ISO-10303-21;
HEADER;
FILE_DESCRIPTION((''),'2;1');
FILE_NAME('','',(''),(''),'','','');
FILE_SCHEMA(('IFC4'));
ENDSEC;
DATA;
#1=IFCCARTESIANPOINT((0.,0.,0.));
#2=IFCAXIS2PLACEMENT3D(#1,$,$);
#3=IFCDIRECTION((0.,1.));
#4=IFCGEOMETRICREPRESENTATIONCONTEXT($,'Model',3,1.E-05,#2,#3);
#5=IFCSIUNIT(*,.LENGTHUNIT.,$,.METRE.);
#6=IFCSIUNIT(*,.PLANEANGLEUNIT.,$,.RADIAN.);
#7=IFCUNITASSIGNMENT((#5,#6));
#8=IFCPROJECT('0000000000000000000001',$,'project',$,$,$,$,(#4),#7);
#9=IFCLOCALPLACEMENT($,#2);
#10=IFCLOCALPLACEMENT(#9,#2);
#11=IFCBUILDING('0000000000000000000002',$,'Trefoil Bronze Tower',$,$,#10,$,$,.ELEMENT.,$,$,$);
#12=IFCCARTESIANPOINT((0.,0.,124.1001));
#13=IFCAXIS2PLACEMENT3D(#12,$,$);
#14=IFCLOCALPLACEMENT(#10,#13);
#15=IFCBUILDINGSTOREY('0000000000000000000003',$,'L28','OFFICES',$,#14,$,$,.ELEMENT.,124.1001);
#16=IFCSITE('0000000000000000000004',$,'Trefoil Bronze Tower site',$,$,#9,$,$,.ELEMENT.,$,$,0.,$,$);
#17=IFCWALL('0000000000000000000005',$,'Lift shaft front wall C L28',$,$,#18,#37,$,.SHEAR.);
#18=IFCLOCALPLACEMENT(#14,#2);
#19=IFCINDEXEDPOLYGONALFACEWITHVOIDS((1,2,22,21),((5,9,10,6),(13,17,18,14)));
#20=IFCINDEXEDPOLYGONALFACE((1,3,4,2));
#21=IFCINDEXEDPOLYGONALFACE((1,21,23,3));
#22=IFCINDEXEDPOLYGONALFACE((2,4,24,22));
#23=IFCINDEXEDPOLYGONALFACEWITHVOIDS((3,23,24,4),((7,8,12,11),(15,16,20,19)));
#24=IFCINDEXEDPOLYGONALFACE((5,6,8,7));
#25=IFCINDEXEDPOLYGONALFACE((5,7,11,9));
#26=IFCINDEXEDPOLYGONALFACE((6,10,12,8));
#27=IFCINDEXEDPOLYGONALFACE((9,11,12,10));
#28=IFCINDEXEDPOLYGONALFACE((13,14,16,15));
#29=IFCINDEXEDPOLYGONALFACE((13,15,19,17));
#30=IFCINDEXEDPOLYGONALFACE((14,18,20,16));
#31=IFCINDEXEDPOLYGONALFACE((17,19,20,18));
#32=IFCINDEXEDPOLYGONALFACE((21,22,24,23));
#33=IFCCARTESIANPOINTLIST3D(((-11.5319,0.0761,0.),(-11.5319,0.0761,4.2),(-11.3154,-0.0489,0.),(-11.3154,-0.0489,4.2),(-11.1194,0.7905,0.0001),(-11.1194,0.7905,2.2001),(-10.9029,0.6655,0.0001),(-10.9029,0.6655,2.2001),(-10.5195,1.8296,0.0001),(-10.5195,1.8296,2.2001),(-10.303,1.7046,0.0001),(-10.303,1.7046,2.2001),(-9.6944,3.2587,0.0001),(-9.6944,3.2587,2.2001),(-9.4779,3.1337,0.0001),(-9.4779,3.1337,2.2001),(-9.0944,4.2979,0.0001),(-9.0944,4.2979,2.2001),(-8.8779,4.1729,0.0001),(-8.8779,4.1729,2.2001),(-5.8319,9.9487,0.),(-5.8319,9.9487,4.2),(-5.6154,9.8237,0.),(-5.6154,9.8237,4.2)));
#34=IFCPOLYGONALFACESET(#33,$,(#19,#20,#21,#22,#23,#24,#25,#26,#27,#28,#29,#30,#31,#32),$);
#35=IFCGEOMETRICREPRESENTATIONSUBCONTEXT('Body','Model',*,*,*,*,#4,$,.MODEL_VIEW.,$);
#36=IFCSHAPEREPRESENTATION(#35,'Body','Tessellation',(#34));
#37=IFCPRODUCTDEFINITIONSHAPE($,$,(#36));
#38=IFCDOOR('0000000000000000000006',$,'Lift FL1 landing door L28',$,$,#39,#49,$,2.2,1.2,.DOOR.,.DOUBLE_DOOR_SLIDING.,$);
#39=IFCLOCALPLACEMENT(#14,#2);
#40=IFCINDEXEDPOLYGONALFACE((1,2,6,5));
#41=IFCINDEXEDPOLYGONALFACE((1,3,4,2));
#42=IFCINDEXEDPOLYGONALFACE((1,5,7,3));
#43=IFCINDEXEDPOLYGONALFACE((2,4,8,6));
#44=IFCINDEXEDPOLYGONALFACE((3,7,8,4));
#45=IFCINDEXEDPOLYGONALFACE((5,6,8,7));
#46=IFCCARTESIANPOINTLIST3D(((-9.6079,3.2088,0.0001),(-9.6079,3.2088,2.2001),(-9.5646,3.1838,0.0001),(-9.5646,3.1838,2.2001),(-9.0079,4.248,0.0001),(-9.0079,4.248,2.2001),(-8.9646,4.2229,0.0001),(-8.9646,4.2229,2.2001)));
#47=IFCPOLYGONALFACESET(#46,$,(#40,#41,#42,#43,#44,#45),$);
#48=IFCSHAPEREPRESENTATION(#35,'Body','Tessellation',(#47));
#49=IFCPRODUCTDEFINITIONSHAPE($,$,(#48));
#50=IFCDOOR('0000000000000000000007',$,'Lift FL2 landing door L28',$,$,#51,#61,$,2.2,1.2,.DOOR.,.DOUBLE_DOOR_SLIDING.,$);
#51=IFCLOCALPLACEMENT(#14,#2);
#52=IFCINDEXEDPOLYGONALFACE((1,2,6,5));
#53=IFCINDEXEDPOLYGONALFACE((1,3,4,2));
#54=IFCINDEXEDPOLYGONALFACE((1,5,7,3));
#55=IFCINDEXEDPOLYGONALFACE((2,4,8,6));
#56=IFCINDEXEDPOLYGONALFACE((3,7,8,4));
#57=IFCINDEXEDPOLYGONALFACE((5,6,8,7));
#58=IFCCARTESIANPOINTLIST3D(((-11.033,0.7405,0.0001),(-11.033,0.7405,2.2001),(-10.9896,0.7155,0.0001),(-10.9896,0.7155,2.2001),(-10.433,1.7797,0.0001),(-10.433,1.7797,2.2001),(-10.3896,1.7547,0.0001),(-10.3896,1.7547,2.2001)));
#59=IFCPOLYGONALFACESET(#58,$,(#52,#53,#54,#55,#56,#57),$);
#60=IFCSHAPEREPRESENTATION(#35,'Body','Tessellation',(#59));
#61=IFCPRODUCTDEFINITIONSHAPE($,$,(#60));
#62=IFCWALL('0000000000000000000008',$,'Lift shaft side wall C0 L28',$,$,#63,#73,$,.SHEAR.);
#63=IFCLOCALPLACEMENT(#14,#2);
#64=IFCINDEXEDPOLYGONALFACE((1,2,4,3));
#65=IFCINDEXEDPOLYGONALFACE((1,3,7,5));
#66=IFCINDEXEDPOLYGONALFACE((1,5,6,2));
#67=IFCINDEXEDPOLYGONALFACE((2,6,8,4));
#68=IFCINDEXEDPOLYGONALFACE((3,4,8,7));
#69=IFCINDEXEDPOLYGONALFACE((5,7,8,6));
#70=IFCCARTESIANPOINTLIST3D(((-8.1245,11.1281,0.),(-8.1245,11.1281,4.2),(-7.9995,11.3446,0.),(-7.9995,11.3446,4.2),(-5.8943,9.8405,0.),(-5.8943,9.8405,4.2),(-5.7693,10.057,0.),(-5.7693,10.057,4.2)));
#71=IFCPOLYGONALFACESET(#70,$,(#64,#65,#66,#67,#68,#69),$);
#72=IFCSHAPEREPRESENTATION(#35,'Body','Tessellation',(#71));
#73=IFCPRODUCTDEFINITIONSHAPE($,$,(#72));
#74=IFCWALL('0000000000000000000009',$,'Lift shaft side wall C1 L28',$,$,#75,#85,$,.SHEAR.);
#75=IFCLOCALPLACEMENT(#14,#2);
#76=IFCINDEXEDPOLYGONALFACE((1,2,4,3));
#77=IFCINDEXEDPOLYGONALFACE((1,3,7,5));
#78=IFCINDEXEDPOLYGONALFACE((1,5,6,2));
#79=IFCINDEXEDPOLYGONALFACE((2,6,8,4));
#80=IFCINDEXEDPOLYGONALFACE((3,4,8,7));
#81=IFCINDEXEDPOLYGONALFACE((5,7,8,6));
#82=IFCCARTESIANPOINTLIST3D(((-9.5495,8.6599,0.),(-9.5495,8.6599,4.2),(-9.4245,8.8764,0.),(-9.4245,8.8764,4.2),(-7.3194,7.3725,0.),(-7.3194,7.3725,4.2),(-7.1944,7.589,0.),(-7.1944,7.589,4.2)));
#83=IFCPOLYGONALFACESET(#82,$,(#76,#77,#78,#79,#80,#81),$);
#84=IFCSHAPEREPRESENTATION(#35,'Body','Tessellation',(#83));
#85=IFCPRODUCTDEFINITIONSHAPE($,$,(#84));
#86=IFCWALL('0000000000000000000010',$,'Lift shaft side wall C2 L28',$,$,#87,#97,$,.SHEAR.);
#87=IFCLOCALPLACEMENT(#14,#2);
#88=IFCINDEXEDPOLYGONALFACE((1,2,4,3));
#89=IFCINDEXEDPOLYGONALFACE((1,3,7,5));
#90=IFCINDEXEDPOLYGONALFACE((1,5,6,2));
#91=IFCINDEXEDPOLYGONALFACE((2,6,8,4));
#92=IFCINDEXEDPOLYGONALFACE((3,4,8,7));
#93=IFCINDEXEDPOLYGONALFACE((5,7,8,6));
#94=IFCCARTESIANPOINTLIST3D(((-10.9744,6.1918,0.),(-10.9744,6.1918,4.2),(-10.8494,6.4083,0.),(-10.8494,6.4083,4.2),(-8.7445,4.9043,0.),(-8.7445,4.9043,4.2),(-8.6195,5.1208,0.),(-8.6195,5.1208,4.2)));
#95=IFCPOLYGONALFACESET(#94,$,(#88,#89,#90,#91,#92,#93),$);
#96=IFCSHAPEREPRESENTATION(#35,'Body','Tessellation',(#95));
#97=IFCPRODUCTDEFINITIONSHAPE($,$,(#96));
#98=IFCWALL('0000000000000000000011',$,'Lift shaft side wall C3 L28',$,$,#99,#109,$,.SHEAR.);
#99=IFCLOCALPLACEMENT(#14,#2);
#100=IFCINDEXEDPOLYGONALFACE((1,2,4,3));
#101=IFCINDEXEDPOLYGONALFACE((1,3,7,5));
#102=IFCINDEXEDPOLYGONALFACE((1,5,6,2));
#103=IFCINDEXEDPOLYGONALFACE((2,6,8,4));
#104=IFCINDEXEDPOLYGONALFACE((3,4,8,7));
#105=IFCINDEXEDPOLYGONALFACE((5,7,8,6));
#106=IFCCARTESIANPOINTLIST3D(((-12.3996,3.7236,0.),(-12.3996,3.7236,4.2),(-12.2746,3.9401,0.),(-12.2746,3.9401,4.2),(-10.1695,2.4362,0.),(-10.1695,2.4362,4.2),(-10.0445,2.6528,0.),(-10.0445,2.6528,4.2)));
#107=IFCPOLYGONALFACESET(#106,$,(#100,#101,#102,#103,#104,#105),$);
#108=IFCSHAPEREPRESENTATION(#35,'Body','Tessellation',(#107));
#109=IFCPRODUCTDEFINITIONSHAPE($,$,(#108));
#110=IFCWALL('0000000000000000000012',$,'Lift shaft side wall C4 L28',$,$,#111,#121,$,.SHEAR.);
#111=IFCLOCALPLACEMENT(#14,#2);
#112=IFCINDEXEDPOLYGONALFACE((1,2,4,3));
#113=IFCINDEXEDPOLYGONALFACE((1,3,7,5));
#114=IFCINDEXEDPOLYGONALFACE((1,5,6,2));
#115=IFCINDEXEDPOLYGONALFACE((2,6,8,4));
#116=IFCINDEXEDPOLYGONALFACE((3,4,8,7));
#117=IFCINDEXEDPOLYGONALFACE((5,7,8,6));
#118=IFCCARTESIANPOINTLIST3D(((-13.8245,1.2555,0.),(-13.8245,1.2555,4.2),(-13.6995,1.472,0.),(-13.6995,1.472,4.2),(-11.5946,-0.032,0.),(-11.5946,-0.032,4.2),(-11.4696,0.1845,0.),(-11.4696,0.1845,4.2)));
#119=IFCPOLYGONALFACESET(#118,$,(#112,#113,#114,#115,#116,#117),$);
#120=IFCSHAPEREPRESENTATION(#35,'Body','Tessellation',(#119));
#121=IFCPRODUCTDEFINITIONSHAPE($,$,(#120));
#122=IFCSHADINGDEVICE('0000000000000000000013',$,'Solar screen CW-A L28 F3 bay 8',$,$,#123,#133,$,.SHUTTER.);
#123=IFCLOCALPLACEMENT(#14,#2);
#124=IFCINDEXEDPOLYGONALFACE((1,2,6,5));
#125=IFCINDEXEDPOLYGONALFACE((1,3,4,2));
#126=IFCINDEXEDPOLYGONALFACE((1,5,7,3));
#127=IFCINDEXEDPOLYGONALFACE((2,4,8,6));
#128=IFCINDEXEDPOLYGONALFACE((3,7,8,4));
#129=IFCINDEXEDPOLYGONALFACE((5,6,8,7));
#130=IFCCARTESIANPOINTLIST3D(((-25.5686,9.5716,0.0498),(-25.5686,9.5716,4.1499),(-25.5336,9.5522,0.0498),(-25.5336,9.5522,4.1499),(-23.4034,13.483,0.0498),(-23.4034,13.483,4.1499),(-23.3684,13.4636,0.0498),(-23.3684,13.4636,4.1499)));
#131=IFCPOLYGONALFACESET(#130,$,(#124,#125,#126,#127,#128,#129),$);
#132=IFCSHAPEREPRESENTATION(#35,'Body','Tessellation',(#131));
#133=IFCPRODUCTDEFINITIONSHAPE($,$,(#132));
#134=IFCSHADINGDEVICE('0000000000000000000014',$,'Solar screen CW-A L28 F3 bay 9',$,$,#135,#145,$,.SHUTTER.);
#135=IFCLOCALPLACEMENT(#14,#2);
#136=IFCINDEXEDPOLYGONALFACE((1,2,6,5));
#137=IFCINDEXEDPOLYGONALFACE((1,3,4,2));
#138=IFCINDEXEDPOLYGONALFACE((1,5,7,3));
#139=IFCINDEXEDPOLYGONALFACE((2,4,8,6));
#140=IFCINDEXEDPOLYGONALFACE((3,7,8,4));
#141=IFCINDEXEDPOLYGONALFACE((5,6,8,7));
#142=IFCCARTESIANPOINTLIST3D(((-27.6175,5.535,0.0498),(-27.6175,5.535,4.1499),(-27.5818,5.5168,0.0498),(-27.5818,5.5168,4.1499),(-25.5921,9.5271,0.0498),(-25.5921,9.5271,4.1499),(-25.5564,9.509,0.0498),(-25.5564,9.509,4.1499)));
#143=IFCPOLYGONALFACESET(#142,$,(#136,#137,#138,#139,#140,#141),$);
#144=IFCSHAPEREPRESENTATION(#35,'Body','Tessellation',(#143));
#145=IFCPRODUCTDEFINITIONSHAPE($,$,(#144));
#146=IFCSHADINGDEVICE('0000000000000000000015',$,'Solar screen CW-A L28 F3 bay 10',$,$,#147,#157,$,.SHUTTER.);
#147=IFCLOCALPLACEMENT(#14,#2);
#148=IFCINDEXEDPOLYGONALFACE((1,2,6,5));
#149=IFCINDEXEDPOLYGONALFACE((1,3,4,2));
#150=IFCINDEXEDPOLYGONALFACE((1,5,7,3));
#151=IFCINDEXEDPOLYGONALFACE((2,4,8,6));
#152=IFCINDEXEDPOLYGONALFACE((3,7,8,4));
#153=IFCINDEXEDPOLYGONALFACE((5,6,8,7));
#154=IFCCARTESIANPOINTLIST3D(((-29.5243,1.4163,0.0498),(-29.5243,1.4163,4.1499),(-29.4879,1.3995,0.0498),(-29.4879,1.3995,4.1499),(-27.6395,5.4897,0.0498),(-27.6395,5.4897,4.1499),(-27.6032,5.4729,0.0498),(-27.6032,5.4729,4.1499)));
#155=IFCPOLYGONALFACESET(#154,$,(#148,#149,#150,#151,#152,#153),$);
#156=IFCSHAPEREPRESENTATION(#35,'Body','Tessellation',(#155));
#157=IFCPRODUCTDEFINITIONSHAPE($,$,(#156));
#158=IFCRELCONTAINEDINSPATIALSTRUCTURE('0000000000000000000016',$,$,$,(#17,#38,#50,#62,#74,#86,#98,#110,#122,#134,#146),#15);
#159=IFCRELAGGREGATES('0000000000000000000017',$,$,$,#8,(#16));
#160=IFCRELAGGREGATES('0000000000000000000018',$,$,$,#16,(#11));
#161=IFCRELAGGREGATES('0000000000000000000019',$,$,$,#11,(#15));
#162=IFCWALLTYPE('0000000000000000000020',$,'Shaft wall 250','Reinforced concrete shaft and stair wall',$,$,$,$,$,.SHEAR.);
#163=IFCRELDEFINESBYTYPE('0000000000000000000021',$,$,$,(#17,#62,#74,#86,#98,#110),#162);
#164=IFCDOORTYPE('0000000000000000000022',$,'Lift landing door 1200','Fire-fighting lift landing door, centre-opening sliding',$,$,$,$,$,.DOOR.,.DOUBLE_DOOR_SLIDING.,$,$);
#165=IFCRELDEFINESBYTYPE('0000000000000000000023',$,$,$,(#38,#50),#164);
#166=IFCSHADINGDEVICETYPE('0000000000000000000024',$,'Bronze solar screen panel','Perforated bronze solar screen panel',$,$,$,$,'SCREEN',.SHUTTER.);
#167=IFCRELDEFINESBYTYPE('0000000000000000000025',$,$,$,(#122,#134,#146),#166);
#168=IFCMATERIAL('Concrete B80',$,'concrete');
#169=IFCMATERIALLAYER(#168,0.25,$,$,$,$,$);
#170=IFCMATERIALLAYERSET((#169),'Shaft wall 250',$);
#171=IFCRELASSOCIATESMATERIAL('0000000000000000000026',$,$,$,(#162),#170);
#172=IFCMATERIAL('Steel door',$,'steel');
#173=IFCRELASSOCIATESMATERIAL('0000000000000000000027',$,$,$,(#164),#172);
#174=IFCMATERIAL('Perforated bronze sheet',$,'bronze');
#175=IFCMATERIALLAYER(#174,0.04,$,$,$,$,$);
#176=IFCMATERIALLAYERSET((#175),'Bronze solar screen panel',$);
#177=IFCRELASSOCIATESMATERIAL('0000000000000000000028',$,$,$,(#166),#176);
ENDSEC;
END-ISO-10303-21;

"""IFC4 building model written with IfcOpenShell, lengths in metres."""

from ifc_helpers import new_model, si_unit, direction, frame, frame_2d, origin, origin_2d, place, context, subcontext, project, spatial, rectangle, extrude, material, layer, layer_set, type_object, element, fill, save


model = new_model("IFC4")

# Units and contexts
model_context = context("Model", 3, precision=1e-05, world=origin(), true_north=direction((0.0, 1.0)))
body_context = subcontext(model_context, "Body", "Model", "MODEL_VIEW")
ifc_project = project(units=[si_unit("LENGTHUNIT", "METRE"), si_unit("PLANEANGLEUNIT", "RADIAN")], contexts=[model_context])

# Site, building, storey
site_placement = place(None, origin())
site = spatial("IfcSite", under=ifc_project, at=site_placement, Name="Trefoil Bronze Tower site", CompositionType="ELEMENT", RefElevation=0.0)
building_placement = place(site_placement, origin())
building = spatial("IfcBuilding", under=site, at=building_placement, Name="Trefoil Bronze Tower", CompositionType="ELEMENT")
storey_placement = place(building_placement, frame((0.0, 0.0, 124.1001)))
storey = spatial("IfcBuildingStorey", under=building, at=storey_placement, Name="L28", Description="OFFICES", CompositionType="ELEMENT", Elevation=124.1001)

# Wall, openings, doors
ifc_material_1 = material(Name="Concrete B80", Category="concrete")
ifc_layer_1 = layer(ifc_material_1, 0.25)
ifc_layer_set_1 = layer_set([ifc_layer_1], Name="Shaft wall 250")
wall_type_1 = type_object("IfcWallType", Name="Shaft wall 250", Description="Reinforced concrete shaft and stair wall", PredefinedType="SHEAR", material=ifc_layer_set_1)
wall_1_placement = place(storey_placement, frame((-5.7236, 9.8862, 0.0), z_axis=(0.0, 0.0, 1.0), x_axis=(-0.500002, -0.866024, 0.0)))
wall_1 = element("IfcWall", 1, at=wall_1_placement, inside=storey, type_object=wall_type_1, Name="Lift shaft front wall C L28", PredefinedType="SHEAR", context=body_context, shape_type="SweptSolid", body=[
    extrude(rectangle(XDim=11.3999, YDim=0.25, at=frame_2d((5.7, 0.0))), origin(), (0.0, 0.0, 1.0), 4.2),
])
opening_1_placement = place(wall_1_placement, frame((6.5249, 0.0, 0.0)))
opening_1 = element("IfcOpeningElement", 2, at=opening_1_placement, cuts=wall_1, PredefinedType="OPENING", context=body_context, shape_type="SweptSolid", body=[
    extrude(rectangle(XDim=1.2, YDim=2.2, at=frame_2d((0.6001, 1.1001))), frame((0.0, 0.135, 0.0), z_axis=(0.0, -1.0, 0.0), x_axis=(1.0, 0.0, 0.0)), (0.0, 0.0, 1.0), 0.27),
])
opening_2_placement = place(wall_1_placement, frame((9.375, 0.0, 0.0)))
opening_2 = element("IfcOpeningElement", 3, at=opening_2_placement, cuts=wall_1, PredefinedType="OPENING", context=body_context, shape_type="SweptSolid", body=[
    extrude(rectangle(XDim=1.2, YDim=2.2, at=frame_2d((0.6001, 1.1001))), frame((0.0, 0.135, 0.0), z_axis=(0.0, -1.0, 0.0), x_axis=(1.0, 0.0, 0.0)), (0.0, 0.0, 1.0), 0.27),
])
ifc_material_2 = material(Name="Steel door", Category="steel")
door_type = type_object("IfcDoorType", Name="Lift landing door 1200", Description="Fire-fighting lift landing door, centre-opening sliding", OperationType="DOUBLE_DOOR_SLIDING", PredefinedType="DOOR", material=ifc_material_2)
door_1_placement = place(opening_1_placement, origin())
door_1 = element("IfcDoor", 4, at=door_1_placement, inside=storey, type_object=door_type, Name="Lift FL1 landing door L28", OperationType="DOUBLE_DOOR_SLIDING", OverallHeight=2.2, OverallWidth=1.2, PredefinedType="DOOR", context=body_context, shape_type="SweptSolid", body=[
    extrude(rectangle(XDim=1.2, YDim=2.2, at=frame_2d((0.6001, 1.1001))), frame((0.0, 0.0249, 0.0), z_axis=(0.0, -1.0, 0.0), x_axis=(1.0, 0.0, 0.0)), (0.0, 0.0, 1.0), 0.05),
])
fill(opening_1, door_1)
door_2_placement = place(opening_2_placement, origin())
door_2 = element("IfcDoor", 5, at=door_2_placement, inside=storey, type_object=door_type, Name="Lift FL2 landing door L28", OperationType="DOUBLE_DOOR_SLIDING", OverallHeight=2.2, OverallWidth=1.2, PredefinedType="DOOR", context=body_context, shape_type="SweptSolid", body=[
    extrude(rectangle(XDim=1.2, YDim=2.2, at=frame_2d((0.6001, 1.1001))), frame((0.0, 0.0249, 0.0), z_axis=(0.0, -1.0, 0.0), x_axis=(1.0, 0.0, 0.0)), (0.0, 0.0, 1.0), 0.05),
])
fill(opening_2, door_2)

# Walls
wall_2_placement = place(storey_placement, frame((-5.8318, 9.9487, 0.0), z_axis=(0.0, 0.0, 1.0), x_axis=(-0.866029, 0.499993, 0.0)))
element("IfcWall", 6, at=wall_2_placement, inside=storey, type_object=wall_type_1, Name="Lift shaft side wall C0 L28", PredefinedType="SHEAR", context=body_context, shape_type="SweptSolid", body=[
    extrude(rectangle(XDim=2.5752, YDim=0.25, at=frame_2d((1.2876, 0.0))), origin(), (0.0, 0.0, 1.0), 4.2),
])
for number, where, z_axis, x_axis, name in (
    (7, (-7.2568, 7.4807, 0.0), (0.0, 0.0, 1.0), (-0.866047, 0.499963, 0.0), "Lift shaft side wall C1 L28"),
    (8, (-8.6819, 5.0125, 0.0), (0.0, 0.0, 1.0), (-0.866006, 0.500034, 0.0), "Lift shaft side wall C2 L28"),
    (9, (-10.1069, 2.5444, 0.0), (0.0, 0.0, 1.0), (-0.866047, 0.499963, 0.0), "Lift shaft side wall C3 L28"),
    (10, (-11.532, 0.0762, 0.0), (0.0, 0.0, 1.0), (-0.866006, 0.500034, 0.0), "Lift shaft side wall C4 L28"),
):
    element("IfcWall", number, at=place(storey_placement, frame(where, z_axis=z_axis, x_axis=x_axis)), inside=storey, type_object=wall_type_1, Name=name, PredefinedType="SHEAR", context=body_context, shape_type="SweptSolid", body=[
        extrude(rectangle(XDim=2.575, YDim=0.25, at=frame_2d((1.2876, 0.0))), origin(), (0.0, 0.0, 1.0), 4.2),
    ])

# Shading devices
ifc_material_3 = material(Name="Perforated bronze sheet", Category="bronze")
ifc_layer_2 = layer(ifc_material_3, 0.04)
ifc_layer_set_2 = layer_set([ifc_layer_2], Name="Bronze solar screen panel")
shading_device_type = type_object("IfcShadingDeviceType", Name="Bronze solar screen panel", Description="Perforated bronze solar screen panel", ElementType="SCREEN", PredefinedType="SHUTTER", material=ifc_layer_set_2)
shading_device_1_placement = place(storey_placement, frame((-24.4685, 11.5176, 0.0498), z_axis=(0.0, 0.0, 1.0), x_axis=(-0.484312, -0.874895, 0.0)))
element("IfcShadingDevice", 11, at=shading_device_1_placement, inside=storey, type_object=shading_device_type, Name="Solar screen CW-A L28 F3 bay 8", PredefinedType="SHUTTER", context=body_context, shape_type="SweptSolid", body=[
    extrude(rectangle(XDim=4.4707, YDim=0.04, at=origin_2d()), origin(), (0.0, 0.0, 1.0), 4.1001),
])
shading_device_2_placement = place(storey_placement, frame((-26.5869, 7.522, 0.0498), z_axis=(0.0, 0.0, 1.0), x_axis=(-0.452449, -0.89179, 0.0)))
element("IfcShadingDevice", 12, at=shading_device_2_placement, inside=storey, type_object=shading_device_type, Name="Solar screen CW-A L28 F3 bay 9", PredefinedType="SHUTTER", context=body_context, shape_type="SweptSolid", body=[
    extrude(rectangle(XDim=4.4766, YDim=0.04, at=origin_2d()), origin(), (0.0, 0.0, 1.0), 4.1001),
])
shading_device_3_placement = place(storey_placement, frame((-28.5637, 3.4446, 0.0498), z_axis=(0.0, 0.0, 1.0), x_axis=(-0.419933, -0.907555, 0.0)))
element("IfcShadingDevice", 13, at=shading_device_3_placement, inside=storey, type_object=shading_device_type, Name="Solar screen CW-A L28 F3 bay 10", PredefinedType="SHUTTER", context=body_context, shape_type="SweptSolid", body=[
    extrude(rectangle(XDim=4.4883, YDim=0.04, at=origin_2d()), origin(), (0.0, 0.0, 1.0), 4.1001),
])

save(model, "model.ifc")
